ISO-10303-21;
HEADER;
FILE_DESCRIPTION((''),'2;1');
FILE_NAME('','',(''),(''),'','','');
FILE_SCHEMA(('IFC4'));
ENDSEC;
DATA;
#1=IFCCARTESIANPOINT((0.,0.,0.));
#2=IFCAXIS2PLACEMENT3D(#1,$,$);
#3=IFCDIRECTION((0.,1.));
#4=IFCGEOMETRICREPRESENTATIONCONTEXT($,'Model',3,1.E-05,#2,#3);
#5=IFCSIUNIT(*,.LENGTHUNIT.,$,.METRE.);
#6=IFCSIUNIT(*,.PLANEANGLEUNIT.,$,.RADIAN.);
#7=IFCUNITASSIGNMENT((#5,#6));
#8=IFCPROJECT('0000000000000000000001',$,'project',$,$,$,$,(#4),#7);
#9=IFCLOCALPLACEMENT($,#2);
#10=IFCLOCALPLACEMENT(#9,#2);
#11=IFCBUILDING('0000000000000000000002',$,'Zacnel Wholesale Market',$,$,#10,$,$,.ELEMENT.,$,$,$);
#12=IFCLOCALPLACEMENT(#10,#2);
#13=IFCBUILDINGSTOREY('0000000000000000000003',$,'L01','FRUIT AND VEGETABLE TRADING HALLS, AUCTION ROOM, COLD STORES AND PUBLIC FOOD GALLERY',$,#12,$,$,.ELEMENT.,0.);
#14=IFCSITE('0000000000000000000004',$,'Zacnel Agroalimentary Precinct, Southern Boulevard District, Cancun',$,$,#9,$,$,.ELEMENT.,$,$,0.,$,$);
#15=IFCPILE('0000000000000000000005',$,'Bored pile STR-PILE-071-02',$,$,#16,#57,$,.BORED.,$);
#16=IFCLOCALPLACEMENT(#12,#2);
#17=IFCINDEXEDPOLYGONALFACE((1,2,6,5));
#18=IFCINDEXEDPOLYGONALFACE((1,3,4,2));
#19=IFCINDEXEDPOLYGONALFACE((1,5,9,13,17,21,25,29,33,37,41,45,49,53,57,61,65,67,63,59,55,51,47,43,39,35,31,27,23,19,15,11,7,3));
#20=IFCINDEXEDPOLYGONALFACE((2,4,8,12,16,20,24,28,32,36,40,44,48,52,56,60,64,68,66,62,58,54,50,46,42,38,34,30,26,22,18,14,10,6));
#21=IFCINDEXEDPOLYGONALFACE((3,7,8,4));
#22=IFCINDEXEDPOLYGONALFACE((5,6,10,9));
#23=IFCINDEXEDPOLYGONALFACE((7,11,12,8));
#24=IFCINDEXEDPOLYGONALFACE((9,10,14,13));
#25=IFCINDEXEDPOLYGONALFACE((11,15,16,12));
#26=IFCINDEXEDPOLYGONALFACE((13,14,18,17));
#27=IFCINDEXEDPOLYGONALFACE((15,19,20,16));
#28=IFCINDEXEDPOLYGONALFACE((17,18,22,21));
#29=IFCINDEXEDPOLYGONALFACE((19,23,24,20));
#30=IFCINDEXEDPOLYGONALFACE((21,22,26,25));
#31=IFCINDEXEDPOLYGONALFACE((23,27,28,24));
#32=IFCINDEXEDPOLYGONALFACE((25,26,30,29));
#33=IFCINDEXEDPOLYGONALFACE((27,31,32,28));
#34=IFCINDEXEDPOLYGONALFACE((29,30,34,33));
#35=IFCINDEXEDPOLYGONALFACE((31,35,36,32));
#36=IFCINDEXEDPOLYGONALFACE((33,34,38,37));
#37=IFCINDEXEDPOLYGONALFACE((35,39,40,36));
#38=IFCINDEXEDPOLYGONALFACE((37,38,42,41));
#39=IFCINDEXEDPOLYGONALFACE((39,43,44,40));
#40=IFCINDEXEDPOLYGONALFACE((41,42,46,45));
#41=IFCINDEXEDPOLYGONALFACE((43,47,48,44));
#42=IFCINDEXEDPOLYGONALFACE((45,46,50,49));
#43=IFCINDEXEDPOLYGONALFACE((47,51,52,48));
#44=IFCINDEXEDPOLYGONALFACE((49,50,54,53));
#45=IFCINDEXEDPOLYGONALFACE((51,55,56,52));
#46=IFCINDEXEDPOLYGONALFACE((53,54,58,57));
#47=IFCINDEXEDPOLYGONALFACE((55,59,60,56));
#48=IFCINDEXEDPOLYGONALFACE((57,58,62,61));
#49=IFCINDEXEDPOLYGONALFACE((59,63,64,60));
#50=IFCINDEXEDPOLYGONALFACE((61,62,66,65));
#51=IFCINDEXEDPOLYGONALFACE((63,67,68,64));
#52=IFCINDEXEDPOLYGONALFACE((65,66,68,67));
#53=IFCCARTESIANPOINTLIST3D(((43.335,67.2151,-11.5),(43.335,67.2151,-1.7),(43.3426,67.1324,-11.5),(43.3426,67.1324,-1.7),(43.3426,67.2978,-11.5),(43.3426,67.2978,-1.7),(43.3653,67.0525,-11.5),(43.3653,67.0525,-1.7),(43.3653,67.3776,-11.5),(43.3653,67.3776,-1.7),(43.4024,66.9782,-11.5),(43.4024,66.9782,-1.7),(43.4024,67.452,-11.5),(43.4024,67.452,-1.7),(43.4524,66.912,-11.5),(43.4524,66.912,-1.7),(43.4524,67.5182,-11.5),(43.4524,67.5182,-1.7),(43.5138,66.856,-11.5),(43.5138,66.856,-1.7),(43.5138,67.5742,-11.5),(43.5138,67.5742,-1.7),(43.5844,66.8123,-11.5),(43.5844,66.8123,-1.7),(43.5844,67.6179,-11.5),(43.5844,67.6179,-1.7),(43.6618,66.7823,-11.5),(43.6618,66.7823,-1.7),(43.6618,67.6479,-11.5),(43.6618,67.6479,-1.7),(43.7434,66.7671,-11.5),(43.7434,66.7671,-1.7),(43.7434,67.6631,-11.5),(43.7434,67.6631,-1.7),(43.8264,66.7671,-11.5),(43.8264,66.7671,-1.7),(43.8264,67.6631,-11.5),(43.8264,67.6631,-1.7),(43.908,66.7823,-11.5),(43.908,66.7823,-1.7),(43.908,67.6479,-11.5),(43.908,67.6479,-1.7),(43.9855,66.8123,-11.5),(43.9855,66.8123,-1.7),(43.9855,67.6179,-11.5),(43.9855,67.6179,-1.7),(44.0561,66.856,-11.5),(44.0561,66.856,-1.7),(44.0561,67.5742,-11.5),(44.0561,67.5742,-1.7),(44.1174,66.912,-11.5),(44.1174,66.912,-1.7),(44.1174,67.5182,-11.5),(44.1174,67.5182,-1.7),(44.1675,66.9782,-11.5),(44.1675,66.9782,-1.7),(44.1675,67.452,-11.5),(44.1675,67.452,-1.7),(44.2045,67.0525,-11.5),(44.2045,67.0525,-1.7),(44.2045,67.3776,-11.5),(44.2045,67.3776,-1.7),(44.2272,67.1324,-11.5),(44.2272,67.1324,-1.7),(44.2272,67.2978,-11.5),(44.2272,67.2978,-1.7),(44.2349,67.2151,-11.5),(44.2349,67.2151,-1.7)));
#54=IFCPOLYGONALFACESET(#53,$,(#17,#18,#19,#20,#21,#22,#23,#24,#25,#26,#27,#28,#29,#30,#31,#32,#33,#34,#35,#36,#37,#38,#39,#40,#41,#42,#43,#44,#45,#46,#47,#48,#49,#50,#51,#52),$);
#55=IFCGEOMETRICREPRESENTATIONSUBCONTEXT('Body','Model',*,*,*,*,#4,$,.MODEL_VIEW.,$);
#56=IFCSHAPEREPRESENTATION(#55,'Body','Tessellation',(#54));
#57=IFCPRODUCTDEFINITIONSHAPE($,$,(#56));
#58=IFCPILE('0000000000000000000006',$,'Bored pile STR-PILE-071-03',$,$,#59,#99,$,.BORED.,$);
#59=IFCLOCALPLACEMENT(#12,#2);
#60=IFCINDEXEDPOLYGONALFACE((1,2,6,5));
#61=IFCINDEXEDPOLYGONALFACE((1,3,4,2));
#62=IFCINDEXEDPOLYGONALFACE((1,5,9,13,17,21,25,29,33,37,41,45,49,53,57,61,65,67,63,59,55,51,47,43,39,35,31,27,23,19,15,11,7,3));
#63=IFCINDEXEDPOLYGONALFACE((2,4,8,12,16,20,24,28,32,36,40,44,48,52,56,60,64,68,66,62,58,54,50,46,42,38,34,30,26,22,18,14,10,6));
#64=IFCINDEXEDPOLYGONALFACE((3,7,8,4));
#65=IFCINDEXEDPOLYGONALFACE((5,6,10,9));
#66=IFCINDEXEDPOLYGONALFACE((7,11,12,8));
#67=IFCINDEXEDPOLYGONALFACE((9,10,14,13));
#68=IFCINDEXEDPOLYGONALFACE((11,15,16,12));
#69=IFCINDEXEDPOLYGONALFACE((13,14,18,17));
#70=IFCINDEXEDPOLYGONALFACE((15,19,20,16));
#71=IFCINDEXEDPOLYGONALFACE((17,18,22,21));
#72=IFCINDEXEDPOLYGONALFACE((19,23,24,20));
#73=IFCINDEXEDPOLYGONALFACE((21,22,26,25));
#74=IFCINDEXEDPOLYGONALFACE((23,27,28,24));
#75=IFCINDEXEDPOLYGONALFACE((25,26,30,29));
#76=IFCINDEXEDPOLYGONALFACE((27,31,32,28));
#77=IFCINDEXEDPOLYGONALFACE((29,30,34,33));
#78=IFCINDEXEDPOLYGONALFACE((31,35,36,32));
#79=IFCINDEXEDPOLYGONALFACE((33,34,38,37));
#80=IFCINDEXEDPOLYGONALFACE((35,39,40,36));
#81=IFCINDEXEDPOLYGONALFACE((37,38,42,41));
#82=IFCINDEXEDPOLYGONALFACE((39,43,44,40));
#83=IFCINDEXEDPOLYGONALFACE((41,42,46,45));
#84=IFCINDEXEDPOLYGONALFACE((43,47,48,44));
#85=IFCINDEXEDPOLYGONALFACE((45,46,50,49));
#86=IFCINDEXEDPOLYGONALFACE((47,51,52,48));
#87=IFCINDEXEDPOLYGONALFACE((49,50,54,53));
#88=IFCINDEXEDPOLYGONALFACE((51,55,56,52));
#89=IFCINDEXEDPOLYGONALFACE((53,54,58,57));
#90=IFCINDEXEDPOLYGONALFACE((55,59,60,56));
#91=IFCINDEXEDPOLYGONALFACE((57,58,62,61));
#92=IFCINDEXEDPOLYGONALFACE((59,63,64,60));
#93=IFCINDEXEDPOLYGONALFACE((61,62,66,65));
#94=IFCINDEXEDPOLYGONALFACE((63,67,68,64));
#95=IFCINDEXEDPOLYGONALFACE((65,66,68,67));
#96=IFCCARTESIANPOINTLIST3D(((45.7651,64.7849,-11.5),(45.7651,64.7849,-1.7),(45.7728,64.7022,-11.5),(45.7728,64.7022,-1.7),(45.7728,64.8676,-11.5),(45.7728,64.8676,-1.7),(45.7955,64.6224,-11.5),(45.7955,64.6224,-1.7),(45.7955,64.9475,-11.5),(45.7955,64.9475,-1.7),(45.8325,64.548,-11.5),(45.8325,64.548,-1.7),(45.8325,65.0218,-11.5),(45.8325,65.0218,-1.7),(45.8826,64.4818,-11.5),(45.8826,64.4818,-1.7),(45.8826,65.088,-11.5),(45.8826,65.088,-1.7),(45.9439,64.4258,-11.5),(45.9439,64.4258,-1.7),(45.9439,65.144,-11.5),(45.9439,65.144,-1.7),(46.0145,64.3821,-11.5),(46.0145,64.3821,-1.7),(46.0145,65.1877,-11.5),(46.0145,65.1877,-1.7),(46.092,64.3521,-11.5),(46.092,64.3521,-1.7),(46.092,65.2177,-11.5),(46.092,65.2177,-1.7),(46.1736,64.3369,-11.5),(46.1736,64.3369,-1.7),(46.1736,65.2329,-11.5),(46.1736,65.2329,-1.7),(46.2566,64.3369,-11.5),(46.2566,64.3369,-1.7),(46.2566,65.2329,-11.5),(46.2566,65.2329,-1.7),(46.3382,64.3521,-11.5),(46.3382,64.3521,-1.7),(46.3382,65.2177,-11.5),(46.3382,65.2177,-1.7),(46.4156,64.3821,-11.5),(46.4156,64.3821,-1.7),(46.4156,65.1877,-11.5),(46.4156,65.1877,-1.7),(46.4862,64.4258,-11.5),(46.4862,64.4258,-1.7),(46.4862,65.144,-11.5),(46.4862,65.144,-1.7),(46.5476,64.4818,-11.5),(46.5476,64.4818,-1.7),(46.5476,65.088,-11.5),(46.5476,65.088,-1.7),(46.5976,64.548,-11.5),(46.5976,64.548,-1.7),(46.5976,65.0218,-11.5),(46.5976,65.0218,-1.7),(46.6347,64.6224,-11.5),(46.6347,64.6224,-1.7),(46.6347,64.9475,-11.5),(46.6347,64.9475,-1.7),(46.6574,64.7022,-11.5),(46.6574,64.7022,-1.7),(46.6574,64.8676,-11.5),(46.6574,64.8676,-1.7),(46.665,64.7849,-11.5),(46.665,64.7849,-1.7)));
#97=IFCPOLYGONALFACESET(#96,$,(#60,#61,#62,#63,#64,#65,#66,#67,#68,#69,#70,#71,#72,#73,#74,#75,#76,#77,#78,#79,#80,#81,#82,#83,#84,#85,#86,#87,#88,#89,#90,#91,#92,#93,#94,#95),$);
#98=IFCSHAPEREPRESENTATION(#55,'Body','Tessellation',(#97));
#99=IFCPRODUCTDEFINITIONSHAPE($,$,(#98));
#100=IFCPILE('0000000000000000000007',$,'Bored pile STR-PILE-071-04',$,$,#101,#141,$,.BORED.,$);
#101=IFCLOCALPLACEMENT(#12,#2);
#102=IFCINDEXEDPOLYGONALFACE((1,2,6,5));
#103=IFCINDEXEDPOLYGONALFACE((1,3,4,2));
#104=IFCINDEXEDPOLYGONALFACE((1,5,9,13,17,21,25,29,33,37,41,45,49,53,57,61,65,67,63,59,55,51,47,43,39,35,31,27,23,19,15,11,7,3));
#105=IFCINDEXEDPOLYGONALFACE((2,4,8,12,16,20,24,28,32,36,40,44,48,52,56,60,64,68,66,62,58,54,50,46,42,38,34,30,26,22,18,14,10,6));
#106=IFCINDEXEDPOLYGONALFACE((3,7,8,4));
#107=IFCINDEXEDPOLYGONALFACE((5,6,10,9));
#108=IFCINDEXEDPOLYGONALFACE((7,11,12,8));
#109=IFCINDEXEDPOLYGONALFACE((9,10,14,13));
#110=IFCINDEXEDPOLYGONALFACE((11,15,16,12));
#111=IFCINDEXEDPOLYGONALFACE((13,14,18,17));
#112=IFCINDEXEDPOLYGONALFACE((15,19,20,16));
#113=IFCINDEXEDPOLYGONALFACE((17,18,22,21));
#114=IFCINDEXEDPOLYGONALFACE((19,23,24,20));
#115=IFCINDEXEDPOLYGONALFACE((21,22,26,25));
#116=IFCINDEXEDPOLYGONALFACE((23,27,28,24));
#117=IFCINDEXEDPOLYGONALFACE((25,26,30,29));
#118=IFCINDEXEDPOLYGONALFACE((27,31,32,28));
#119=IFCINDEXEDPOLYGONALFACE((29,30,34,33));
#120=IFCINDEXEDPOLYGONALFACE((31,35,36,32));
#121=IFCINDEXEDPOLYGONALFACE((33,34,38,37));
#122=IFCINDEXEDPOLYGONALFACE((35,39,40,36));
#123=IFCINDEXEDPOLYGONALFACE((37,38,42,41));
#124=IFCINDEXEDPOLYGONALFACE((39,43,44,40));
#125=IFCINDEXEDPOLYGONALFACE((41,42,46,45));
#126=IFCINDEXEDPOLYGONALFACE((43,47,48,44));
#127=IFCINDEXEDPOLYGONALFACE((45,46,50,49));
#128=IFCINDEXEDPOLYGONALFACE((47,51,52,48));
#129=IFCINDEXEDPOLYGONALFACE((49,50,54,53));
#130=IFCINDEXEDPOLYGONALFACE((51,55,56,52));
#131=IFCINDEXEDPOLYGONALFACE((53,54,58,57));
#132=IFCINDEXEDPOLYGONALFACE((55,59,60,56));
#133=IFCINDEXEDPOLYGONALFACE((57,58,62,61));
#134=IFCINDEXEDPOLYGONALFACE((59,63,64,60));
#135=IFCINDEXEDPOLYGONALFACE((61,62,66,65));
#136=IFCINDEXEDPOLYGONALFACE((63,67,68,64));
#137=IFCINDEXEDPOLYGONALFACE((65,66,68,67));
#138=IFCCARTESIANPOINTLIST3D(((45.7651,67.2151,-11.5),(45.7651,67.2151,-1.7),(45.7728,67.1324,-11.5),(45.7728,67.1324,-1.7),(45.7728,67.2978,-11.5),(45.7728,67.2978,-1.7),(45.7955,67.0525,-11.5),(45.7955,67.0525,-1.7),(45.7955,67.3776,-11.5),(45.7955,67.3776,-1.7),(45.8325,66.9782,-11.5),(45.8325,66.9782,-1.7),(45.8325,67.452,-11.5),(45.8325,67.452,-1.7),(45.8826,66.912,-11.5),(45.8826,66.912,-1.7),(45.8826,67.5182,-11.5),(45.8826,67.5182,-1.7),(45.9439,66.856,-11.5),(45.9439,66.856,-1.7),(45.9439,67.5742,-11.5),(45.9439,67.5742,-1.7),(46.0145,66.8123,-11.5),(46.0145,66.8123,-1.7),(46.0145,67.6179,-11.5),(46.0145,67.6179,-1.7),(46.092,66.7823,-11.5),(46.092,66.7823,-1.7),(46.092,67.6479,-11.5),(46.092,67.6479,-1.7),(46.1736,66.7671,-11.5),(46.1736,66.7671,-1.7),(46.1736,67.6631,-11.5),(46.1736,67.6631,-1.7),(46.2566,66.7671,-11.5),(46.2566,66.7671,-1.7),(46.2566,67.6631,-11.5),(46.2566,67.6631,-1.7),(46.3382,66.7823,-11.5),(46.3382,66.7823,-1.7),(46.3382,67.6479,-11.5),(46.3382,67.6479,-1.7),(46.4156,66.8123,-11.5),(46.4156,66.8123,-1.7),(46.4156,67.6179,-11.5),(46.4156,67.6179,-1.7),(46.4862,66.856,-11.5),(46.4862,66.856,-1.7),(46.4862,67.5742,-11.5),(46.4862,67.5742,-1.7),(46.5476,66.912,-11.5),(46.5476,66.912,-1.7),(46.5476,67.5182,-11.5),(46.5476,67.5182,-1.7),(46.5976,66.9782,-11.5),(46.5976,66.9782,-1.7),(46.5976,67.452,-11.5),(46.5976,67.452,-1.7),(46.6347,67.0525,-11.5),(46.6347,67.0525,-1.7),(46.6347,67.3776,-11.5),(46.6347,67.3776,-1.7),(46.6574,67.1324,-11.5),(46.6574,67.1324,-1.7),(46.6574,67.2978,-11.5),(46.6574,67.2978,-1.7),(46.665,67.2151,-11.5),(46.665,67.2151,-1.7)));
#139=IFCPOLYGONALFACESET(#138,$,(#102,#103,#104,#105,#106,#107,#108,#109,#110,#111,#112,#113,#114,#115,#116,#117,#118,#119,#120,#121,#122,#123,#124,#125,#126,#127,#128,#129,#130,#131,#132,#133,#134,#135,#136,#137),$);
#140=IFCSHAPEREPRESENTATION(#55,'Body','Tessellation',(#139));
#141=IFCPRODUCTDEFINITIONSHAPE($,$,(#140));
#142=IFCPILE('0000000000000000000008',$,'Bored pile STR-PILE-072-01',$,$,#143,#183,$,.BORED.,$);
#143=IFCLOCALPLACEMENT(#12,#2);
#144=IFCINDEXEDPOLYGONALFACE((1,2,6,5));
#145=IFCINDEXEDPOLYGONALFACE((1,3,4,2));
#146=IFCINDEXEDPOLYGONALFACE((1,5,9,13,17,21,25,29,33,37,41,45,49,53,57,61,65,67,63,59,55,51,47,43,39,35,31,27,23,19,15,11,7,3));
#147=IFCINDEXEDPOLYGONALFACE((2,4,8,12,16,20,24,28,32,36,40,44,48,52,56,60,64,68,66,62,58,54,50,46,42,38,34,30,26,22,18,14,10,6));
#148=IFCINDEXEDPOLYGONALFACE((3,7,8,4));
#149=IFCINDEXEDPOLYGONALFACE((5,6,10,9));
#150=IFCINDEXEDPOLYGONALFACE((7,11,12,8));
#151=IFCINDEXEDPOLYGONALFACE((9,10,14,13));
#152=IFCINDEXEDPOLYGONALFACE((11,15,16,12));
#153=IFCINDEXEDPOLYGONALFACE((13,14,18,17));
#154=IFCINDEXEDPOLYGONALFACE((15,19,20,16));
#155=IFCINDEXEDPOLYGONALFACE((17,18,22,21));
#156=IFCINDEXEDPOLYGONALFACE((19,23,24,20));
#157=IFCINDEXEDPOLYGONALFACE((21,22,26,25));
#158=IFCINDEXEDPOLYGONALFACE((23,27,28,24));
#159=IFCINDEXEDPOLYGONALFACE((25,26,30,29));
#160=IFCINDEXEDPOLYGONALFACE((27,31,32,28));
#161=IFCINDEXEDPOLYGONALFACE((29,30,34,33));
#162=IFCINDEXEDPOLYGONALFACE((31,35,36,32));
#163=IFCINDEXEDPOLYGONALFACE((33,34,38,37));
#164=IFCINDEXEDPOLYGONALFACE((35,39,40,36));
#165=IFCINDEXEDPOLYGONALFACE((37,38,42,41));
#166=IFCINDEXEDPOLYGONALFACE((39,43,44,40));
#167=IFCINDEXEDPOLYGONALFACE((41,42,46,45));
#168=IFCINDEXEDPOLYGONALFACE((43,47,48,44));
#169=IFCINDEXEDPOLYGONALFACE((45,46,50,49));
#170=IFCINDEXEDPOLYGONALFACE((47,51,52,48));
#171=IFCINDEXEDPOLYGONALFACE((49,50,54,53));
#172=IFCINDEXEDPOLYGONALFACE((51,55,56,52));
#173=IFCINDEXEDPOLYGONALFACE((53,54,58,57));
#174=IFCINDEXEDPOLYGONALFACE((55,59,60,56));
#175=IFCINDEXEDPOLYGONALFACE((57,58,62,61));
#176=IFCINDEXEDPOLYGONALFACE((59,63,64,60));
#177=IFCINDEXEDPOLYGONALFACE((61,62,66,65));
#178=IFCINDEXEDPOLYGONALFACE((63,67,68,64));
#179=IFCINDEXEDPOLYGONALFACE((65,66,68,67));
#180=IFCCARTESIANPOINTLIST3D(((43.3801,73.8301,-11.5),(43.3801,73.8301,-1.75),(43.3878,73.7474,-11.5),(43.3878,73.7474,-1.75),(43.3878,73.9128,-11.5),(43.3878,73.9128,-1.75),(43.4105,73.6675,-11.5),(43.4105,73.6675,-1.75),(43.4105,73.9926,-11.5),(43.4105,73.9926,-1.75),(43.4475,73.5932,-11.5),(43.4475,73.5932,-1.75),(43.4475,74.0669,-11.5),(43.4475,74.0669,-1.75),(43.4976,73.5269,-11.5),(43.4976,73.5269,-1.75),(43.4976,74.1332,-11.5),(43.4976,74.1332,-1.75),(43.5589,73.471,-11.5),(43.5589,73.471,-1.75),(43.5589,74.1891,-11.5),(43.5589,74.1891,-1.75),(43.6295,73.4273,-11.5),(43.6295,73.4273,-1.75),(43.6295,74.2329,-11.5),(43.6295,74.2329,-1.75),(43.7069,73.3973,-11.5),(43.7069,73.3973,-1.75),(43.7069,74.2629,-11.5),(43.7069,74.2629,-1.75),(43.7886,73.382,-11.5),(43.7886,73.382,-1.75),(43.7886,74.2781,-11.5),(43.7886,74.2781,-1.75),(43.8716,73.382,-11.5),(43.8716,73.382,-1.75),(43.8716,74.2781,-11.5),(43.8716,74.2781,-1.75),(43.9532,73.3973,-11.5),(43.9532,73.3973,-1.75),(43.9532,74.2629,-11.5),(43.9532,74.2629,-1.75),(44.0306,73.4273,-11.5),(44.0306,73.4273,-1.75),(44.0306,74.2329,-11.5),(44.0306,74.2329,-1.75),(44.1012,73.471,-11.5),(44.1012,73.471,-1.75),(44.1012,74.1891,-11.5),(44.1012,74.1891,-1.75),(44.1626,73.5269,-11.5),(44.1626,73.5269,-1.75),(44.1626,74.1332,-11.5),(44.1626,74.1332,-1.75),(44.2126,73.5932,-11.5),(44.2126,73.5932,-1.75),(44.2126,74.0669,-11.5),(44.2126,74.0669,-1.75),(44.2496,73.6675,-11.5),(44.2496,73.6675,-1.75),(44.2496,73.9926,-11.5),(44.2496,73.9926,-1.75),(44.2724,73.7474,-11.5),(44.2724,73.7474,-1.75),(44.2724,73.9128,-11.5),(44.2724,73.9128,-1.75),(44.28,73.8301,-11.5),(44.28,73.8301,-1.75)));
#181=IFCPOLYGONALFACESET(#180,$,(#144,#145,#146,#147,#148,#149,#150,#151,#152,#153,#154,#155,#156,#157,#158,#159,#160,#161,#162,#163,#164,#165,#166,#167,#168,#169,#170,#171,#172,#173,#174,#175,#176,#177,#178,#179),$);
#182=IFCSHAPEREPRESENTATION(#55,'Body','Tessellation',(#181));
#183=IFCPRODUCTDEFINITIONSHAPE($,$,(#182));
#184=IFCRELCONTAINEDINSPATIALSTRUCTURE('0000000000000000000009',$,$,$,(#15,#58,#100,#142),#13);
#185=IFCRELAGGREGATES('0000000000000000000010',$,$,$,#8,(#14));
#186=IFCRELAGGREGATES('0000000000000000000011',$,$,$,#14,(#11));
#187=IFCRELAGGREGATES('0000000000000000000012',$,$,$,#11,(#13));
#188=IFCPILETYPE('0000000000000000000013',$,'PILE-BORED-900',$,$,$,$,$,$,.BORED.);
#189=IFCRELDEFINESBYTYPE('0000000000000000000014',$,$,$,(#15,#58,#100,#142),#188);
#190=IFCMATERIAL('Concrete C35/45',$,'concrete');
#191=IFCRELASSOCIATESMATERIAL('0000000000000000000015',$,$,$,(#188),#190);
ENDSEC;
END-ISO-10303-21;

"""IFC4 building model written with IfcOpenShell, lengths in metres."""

from ifc_helpers import new_model, si_unit, direction, frame, origin, origin_2d, place, context, subcontext, project, spatial, circle, extrude, material, material_profile, profile_set, type_object, element, save


model = new_model("IFC4")

# Units and contexts
model_context = context("Model", 3, precision=1e-05, world=origin(), true_north=direction((0.0, 1.0)))
body_context = subcontext(model_context, "Body", "Model", "MODEL_VIEW")
ifc_project = project(units=[si_unit("LENGTHUNIT", "METRE"), si_unit("PLANEANGLEUNIT", "RADIAN")], contexts=[model_context])

# Site, building, storey
site_placement = place(None, origin())
site = spatial("IfcSite", under=ifc_project, at=site_placement, Name="Zacnel Agroalimentary Precinct, Southern Boulevard District, Cancun", CompositionType="ELEMENT", RefElevation=0.0)
building_placement = place(site_placement, origin())
building = spatial("IfcBuilding", under=site, at=building_placement, Name="Zacnel Wholesale Market", CompositionType="ELEMENT")
storey_placement = place(building_placement, origin())
storey = spatial("IfcBuildingStorey", under=building, at=storey_placement, Name="L01", Description="FRUIT AND VEGETABLE TRADING HALLS, AUCTION ROOM, COLD STORES AND PUBLIC FOOD GALLERY", CompositionType="ELEMENT", Elevation=0.0)

# Piles
ifc_material_1 = material(Name="Concrete C35/45", Category="concrete")
ifc_material_profile_1 = material_profile(ifc_material_1, circle(Radius=0.45, at=origin_2d()), Name="BORED PILE D900")
ifc_profile_set_1 = profile_set([ifc_material_profile_1], Name="Concrete C35/45")
pile_type = type_object("IfcPileType", Name="PILE-BORED-900", PredefinedType="BORED", material=ifc_profile_set_1)
for number, where, z_axis, x_axis, name in (
    (1, (43.7849, 67.2151, -1.7), (0.0, 0.0, -1.0), (1.0, 0.0, 0.0), "Bored pile STR-PILE-071-02"),
    (2, (46.2151, 64.7849, -1.7), (0.0, 0.0, -1.0), (1.0, 0.0, 0.0), "Bored pile STR-PILE-071-03"),
    (3, (46.2151, 67.2151, -1.7), (0.0, 0.0, -1.0), (1.0, 0.0, 0.0), "Bored pile STR-PILE-071-04"),
):
    element("IfcPile", number, at=place(storey_placement, frame(where, z_axis=z_axis, x_axis=x_axis)), inside=storey, type_object=pile_type, Name=name, PredefinedType="BORED", context=body_context, shape_type="SweptSolid", body=[
        extrude(circle(Radius=0.45, at=origin_2d()), origin(), (0.0, 0.0, 1.0), 9.8),
    ])
for number, where, z_axis, x_axis, name in (
    (4, (43.8301, 73.8301, -1.75), (0.0, 0.0, -1.0), (1.0, 0.0, 0.0), "Bored pile STR-PILE-072-01"),
):
    element("IfcPile", number, at=place(storey_placement, frame(where, z_axis=z_axis, x_axis=x_axis)), inside=storey, type_object=pile_type, Name=name, PredefinedType="BORED", context=body_context, shape_type="SweptSolid", body=[
        extrude(circle(Radius=0.45, at=origin_2d()), origin(), (0.0, 0.0, 1.0), 9.75),
    ])

save(model, "model.ifc")
